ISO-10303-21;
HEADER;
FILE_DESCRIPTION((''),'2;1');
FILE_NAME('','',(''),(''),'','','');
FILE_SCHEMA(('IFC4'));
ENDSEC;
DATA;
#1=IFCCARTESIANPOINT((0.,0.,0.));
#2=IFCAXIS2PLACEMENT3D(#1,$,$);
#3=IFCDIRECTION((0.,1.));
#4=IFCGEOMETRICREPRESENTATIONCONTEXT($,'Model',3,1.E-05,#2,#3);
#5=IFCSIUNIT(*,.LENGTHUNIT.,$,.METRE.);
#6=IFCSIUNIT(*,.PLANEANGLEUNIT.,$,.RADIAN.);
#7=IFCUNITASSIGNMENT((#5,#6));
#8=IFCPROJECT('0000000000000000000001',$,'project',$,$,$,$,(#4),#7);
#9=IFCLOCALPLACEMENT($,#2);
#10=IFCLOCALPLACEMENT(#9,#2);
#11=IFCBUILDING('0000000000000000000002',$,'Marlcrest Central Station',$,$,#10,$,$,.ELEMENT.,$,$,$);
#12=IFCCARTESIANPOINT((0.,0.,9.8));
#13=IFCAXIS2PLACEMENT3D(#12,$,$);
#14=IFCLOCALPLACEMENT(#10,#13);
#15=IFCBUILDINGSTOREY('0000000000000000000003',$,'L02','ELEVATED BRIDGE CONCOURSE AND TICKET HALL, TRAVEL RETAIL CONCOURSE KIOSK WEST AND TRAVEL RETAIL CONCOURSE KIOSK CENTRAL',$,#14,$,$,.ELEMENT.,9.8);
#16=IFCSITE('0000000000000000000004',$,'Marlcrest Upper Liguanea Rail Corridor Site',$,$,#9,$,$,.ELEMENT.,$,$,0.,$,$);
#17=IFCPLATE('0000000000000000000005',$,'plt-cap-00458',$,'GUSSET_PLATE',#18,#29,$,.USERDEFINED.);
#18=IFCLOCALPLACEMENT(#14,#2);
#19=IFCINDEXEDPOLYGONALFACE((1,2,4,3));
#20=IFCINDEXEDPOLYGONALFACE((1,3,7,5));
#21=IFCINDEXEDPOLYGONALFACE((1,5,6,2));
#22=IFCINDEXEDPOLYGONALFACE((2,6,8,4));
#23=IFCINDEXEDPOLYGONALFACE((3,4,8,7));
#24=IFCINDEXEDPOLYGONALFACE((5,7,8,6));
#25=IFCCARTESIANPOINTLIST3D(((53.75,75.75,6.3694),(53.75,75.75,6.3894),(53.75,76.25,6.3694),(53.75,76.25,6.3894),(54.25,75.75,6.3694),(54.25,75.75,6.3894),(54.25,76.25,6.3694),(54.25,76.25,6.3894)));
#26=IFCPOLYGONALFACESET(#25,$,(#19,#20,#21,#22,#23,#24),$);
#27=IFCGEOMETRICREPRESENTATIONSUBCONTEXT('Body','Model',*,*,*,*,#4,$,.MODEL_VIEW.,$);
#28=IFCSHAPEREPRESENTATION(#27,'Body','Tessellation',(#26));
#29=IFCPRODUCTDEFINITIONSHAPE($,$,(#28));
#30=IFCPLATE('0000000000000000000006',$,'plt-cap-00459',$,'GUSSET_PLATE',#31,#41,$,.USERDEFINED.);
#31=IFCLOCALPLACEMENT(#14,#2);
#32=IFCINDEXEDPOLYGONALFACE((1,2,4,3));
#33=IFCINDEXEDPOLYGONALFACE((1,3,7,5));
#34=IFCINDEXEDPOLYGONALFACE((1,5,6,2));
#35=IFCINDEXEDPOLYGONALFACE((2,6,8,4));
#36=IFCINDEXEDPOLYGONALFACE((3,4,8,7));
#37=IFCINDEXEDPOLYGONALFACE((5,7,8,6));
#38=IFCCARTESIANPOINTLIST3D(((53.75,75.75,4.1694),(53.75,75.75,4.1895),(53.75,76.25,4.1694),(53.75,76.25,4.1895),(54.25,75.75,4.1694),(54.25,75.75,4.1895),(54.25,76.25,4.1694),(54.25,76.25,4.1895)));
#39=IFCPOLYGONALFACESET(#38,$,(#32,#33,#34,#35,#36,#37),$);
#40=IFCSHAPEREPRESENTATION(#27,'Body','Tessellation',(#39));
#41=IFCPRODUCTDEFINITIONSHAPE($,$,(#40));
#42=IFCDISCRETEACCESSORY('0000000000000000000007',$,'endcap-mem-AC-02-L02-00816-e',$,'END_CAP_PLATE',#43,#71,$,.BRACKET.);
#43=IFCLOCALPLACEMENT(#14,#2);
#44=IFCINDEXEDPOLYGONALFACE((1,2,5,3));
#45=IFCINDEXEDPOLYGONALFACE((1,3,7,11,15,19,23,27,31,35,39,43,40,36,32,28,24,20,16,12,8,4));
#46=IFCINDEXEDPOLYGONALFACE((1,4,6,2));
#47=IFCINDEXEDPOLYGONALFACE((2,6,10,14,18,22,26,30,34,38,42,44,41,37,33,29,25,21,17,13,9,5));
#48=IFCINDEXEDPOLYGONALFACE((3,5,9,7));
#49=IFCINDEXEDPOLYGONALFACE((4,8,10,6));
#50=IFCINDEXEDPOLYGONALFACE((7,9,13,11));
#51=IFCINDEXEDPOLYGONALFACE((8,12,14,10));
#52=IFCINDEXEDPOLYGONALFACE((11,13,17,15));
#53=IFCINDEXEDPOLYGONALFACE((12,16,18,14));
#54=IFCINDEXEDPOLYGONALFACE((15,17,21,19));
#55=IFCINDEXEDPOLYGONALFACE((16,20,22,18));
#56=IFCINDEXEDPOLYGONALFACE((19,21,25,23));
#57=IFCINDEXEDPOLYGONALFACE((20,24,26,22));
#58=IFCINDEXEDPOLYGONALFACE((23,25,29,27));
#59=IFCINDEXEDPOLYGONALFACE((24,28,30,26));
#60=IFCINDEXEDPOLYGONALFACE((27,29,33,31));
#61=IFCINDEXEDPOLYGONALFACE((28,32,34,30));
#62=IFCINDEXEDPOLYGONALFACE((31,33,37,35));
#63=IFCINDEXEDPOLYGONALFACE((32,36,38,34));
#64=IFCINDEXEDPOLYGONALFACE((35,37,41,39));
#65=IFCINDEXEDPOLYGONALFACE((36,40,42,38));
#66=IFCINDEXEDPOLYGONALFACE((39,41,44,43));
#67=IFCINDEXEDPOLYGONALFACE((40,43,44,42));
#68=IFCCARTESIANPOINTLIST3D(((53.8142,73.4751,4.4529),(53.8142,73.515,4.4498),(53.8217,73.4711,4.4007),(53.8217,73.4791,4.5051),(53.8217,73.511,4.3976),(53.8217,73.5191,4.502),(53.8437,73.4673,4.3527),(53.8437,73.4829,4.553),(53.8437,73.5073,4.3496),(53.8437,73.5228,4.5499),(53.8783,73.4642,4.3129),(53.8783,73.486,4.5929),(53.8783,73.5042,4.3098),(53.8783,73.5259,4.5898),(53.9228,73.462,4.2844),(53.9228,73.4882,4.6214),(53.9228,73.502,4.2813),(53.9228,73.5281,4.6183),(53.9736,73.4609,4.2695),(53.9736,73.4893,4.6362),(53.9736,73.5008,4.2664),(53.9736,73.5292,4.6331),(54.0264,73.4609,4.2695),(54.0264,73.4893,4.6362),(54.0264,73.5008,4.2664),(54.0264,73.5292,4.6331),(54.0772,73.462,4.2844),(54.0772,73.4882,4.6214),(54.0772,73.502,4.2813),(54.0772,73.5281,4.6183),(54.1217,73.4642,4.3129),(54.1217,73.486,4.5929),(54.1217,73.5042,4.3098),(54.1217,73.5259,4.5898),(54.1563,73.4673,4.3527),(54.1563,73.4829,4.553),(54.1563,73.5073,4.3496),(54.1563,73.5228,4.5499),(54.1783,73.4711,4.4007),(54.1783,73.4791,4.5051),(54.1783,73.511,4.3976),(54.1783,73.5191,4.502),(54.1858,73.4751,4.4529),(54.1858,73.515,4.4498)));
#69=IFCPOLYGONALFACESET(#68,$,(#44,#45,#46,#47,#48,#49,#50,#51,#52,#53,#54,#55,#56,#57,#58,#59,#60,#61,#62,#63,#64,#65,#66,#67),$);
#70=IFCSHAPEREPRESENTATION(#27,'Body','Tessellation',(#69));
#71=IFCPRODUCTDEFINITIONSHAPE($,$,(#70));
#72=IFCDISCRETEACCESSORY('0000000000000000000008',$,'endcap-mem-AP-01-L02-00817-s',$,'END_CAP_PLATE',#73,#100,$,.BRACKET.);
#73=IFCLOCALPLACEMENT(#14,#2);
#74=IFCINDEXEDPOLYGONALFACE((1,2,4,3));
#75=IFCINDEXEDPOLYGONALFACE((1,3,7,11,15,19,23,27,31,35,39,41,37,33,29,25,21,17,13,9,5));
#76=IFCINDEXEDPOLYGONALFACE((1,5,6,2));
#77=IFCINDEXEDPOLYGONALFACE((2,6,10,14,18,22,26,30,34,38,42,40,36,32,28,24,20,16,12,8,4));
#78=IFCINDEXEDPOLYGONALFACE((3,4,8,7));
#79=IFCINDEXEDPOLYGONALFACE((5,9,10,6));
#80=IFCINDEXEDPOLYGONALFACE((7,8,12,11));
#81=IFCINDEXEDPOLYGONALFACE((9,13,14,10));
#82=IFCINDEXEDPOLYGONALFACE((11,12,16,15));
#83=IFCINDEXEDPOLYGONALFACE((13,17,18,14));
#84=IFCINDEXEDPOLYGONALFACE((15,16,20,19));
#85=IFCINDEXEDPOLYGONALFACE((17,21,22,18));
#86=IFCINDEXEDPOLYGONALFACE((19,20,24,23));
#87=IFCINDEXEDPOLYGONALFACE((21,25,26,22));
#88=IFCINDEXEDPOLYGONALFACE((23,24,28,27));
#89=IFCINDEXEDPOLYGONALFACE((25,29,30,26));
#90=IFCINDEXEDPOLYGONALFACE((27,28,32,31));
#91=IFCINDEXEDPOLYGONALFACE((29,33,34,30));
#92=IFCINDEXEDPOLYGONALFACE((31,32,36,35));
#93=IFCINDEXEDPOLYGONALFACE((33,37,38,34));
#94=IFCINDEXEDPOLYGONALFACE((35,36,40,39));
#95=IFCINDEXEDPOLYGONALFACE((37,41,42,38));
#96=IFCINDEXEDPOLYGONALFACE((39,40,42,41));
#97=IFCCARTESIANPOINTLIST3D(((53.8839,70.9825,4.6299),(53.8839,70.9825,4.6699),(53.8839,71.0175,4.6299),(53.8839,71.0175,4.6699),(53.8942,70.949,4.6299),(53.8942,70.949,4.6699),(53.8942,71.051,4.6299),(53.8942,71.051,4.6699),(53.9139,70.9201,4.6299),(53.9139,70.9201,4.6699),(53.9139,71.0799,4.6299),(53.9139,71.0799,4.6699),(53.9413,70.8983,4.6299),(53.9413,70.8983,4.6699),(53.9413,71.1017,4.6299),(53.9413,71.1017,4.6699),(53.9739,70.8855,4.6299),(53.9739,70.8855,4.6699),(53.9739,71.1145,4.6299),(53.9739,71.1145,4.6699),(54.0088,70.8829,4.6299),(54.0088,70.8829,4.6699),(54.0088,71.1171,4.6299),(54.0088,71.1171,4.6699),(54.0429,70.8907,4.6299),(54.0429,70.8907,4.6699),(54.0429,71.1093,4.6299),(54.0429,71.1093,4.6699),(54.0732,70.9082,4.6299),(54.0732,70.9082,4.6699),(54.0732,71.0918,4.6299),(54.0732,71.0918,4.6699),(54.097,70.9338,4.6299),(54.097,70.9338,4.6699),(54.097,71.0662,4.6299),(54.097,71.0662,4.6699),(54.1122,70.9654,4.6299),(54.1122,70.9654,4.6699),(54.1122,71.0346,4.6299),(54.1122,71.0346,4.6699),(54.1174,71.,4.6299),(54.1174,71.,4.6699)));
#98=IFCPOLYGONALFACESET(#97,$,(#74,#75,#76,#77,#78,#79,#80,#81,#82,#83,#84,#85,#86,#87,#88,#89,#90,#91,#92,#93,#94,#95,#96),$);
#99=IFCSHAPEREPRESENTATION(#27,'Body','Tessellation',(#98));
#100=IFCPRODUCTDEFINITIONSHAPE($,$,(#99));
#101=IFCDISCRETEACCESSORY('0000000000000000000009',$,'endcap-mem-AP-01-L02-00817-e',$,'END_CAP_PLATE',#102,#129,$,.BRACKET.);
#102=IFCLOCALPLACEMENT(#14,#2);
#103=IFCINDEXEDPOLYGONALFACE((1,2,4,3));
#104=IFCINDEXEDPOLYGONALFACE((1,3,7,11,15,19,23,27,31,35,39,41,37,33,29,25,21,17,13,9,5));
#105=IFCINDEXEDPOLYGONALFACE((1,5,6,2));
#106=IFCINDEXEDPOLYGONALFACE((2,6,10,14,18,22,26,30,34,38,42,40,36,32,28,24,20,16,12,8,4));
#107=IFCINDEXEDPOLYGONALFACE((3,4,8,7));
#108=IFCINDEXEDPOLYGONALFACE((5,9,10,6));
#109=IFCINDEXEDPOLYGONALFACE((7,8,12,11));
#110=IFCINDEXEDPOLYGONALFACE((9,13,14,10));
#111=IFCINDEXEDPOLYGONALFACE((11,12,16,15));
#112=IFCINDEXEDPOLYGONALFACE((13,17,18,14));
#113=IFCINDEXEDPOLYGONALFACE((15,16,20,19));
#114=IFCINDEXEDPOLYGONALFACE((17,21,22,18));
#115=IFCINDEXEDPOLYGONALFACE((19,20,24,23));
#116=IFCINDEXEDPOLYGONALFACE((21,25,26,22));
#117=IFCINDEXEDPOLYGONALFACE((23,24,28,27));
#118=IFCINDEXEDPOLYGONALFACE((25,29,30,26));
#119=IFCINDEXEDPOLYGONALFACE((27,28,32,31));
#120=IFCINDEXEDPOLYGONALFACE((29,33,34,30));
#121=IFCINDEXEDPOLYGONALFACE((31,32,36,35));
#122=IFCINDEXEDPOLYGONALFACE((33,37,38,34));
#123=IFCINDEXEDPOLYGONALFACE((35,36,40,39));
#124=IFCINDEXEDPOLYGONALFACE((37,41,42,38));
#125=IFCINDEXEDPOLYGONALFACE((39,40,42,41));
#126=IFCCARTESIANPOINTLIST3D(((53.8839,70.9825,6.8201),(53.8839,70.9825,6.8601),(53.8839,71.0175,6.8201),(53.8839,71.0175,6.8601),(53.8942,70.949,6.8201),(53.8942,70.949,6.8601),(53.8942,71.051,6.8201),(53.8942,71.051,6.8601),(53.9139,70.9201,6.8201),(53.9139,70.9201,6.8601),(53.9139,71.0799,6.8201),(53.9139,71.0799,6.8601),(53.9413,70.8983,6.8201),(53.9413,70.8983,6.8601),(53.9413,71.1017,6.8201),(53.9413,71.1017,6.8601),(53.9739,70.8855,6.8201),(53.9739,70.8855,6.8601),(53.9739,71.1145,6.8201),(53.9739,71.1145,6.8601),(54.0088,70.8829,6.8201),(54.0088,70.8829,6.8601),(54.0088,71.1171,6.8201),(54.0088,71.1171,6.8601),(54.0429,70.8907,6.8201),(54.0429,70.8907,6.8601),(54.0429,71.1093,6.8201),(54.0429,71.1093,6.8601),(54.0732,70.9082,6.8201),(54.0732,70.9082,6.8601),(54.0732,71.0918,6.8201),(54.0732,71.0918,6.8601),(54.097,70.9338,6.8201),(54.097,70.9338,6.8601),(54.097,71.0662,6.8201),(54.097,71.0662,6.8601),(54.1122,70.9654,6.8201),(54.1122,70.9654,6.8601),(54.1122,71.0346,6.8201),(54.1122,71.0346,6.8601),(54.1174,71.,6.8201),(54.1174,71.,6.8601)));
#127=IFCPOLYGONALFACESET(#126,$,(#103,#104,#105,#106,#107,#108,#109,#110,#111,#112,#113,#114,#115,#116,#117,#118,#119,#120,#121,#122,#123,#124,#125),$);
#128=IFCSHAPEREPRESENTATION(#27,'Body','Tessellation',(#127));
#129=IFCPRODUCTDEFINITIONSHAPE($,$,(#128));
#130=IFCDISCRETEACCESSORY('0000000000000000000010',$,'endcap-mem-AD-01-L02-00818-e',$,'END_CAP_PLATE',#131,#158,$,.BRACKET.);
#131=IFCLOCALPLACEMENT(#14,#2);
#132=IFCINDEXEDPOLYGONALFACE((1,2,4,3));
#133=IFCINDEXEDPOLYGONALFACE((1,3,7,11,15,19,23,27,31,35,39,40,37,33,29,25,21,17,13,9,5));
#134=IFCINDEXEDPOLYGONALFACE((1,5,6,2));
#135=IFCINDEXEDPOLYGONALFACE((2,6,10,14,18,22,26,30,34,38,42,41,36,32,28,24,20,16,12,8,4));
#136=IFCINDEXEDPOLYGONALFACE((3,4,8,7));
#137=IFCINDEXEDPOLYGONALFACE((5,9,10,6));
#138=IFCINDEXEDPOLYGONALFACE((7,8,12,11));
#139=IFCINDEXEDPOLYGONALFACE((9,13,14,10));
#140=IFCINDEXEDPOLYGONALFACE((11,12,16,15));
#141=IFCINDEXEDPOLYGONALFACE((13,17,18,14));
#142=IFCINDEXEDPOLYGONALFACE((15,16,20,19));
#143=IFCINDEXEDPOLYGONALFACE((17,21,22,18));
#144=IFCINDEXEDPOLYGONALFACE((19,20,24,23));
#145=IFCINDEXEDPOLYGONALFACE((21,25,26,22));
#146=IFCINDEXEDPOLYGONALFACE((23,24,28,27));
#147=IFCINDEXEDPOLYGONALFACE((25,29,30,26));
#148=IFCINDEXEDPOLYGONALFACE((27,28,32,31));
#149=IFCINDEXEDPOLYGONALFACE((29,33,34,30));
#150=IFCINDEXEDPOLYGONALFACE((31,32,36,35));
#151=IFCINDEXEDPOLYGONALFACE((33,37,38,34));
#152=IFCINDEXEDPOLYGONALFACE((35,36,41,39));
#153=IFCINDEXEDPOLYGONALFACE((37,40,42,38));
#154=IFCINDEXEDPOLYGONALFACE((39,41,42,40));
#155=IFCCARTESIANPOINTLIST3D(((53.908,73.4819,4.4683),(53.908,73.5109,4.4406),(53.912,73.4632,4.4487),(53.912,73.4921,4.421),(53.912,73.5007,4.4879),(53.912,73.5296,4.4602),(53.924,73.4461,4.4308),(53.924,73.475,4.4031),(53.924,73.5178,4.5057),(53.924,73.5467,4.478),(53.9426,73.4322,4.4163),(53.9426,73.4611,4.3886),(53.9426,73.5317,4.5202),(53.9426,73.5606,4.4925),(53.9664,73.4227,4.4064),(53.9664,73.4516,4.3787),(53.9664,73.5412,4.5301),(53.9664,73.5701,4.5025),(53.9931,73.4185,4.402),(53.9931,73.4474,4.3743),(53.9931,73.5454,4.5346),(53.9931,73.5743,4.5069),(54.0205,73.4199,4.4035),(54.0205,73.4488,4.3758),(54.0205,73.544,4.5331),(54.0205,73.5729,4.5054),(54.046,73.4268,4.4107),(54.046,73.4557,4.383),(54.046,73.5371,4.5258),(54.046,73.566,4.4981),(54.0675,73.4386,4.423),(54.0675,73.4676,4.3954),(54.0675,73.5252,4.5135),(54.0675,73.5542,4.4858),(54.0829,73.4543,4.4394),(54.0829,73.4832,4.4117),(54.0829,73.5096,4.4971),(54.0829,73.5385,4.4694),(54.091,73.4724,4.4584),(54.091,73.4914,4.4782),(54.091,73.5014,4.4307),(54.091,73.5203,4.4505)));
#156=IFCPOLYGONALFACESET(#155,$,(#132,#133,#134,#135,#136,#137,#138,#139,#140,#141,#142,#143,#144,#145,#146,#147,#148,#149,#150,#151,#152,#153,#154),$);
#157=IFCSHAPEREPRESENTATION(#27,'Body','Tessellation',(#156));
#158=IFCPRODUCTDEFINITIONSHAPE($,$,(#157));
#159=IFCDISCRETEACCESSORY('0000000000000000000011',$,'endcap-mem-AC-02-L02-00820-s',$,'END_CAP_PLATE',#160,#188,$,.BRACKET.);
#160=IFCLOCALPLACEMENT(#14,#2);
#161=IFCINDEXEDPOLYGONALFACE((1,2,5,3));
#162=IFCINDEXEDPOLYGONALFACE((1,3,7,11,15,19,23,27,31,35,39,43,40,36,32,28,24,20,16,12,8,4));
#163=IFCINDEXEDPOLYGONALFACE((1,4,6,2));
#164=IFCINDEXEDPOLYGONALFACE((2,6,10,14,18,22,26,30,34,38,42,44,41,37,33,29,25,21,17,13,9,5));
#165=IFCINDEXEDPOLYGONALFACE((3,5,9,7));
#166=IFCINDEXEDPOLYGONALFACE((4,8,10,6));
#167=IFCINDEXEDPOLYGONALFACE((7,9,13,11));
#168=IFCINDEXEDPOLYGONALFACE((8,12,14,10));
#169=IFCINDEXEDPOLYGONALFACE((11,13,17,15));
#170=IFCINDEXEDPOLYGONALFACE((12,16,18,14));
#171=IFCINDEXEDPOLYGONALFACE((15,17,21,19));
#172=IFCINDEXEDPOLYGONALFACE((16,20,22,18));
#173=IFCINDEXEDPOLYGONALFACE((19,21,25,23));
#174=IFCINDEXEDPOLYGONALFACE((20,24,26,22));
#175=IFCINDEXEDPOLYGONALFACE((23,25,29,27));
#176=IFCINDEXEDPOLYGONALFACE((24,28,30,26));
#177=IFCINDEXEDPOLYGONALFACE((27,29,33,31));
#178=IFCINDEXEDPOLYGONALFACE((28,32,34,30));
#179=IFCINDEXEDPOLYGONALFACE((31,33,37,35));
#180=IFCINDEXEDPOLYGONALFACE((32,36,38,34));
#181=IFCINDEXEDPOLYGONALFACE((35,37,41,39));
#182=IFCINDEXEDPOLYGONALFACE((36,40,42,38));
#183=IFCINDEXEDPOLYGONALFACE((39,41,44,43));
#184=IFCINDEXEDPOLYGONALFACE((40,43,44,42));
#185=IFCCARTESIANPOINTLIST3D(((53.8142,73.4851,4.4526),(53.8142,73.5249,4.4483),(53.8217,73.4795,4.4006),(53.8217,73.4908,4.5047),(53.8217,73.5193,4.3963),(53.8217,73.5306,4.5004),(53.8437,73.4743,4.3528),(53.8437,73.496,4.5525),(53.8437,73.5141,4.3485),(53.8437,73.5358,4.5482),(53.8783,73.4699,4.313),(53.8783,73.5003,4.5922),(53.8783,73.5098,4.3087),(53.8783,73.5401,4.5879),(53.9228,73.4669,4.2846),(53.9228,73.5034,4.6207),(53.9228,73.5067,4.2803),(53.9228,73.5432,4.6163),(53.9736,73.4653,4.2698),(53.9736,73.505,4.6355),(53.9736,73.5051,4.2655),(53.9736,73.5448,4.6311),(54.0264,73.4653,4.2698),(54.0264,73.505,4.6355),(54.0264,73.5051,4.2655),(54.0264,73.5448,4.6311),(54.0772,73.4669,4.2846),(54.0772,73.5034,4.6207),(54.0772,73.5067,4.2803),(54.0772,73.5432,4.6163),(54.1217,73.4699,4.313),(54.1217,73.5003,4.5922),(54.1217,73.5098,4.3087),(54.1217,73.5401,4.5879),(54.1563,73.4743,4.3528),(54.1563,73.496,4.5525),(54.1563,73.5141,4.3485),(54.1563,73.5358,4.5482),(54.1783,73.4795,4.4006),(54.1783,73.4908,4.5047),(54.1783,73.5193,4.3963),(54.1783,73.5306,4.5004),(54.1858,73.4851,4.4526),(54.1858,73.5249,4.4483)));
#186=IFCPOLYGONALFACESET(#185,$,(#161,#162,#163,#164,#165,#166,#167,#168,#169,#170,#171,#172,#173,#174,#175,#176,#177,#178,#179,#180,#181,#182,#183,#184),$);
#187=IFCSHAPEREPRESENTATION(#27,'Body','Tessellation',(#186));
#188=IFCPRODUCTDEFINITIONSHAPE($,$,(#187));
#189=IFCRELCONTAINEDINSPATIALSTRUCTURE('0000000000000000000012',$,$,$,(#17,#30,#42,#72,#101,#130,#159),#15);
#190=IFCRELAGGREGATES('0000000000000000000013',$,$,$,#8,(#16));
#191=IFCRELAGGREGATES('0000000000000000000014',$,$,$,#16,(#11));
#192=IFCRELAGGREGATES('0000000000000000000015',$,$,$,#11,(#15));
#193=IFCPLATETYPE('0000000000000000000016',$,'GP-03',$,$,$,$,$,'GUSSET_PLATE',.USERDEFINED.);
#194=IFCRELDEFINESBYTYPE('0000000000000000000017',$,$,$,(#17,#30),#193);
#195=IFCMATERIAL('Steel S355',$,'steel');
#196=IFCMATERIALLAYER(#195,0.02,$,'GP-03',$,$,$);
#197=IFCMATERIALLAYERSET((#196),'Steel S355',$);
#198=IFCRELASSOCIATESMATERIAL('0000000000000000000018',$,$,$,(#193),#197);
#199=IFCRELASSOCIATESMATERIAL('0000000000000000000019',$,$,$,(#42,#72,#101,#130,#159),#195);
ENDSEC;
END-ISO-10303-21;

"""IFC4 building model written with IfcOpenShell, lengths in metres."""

from ifc_helpers import new_model, si_unit, direction, frame, origin, origin_2d, place, context, subcontext, project, spatial, rectangle, circle, extrude, material, layer, layer_set, type_object, element, save


model = new_model("IFC4")

# Units and contexts
model_context = context("Model", 3, precision=1e-05, world=origin(), true_north=direction((0.0, 1.0)))
body_context = subcontext(model_context, "Body", "Model", "MODEL_VIEW")
ifc_project = project(units=[si_unit("LENGTHUNIT", "METRE"), si_unit("PLANEANGLEUNIT", "RADIAN")], contexts=[model_context])

# Site, building, storey
site_placement = place(None, origin())
site = spatial("IfcSite", under=ifc_project, at=site_placement, Name="Marlcrest Upper Liguanea Rail Corridor Site", CompositionType="ELEMENT", RefElevation=0.0)
building_placement = place(site_placement, origin())
building = spatial("IfcBuilding", under=site, at=building_placement, Name="Marlcrest Central Station", CompositionType="ELEMENT")
storey_placement = place(building_placement, frame((0.0, 0.0, 9.8)))
storey = spatial("IfcBuildingStorey", under=building, at=storey_placement, Name="L02", Description="ELEVATED BRIDGE CONCOURSE AND TICKET HALL, TRAVEL RETAIL CONCOURSE KIOSK WEST AND TRAVEL RETAIL CONCOURSE KIOSK CENTRAL", CompositionType="ELEMENT", Elevation=9.8)

# Shared definitions
ifc_material = material(Name="Steel S355", Category="steel")

# Plates
ifc_layer = layer(ifc_material, 0.02, Name="GP-03")
ifc_layer_set = layer_set([ifc_layer], Name="Steel S355")
plate_type = type_object("IfcPlateType", Name="GP-03", ElementType="GUSSET_PLATE", PredefinedType="USERDEFINED", material=ifc_layer_set)
for number, where, z_axis, x_axis, name in (
    (1, (54.0, 76.0, 6.3694), (0.0, 0.0, 1.0), (1.0, 0.0, 0.0), "plt-cap-00458"),
    (2, (54.0, 76.0, 4.1694), (0.0, 0.0, 1.0), (1.0, 0.0, 0.0), "plt-cap-00459"),
):
    element("IfcPlate", number, at=place(storey_placement, frame(where, z_axis=z_axis, x_axis=x_axis)), inside=storey, type_object=plate_type, Name=name, ObjectType="GUSSET_PLATE", PredefinedType="USERDEFINED", context=body_context, shape_type="SweptSolid", body=[
        extrude(rectangle(XDim=0.5, YDim=0.5, at=origin_2d()), origin(), (0.0, 0.0, 1.0), 0.02),
    ])

# Discrete accessories
discrete_accessory_1_placement = place(storey_placement, frame((54.0, 73.4751, 4.4529), z_axis=(0.0, 0.997007, -0.077307), x_axis=(-1.0, 0.0, 0.0)))
element("IfcDiscreteAccessory", 3, at=discrete_accessory_1_placement, inside=storey, material=ifc_material, Name="endcap-mem-AC-02-L02-00816-e", ObjectType="END_CAP_PLATE", PredefinedType="BRACKET", context=body_context, shape_type="SweptSolid", body=[
    extrude(circle(Radius=0.1858, at=origin_2d()), origin(), (0.0, 0.0, 1.0), 0.04),
])
for number, where, z_axis, x_axis, name in (
    (4, (54.0, 71.0, 4.6299), (0.0, 0.0, 1.0), (1.0, 0.0, 0.0), "endcap-mem-AP-01-L02-00817-s"),
    (5, (54.0, 71.0, 6.8201), (0.0, 0.0, 1.0), (1.0, 0.0, 0.0), "endcap-mem-AP-01-L02-00817-e"),
):
    element("IfcDiscreteAccessory", number, at=place(storey_placement, frame(where, z_axis=z_axis, x_axis=x_axis)), inside=storey, material=ifc_material, Name=name, ObjectType="END_CAP_PLATE", PredefinedType="BRACKET", context=body_context, shape_type="SweptSolid", body=[
        extrude(circle(Radius=0.1174, at=origin_2d()), origin(), (0.0, 0.0, 1.0), 0.04),
    ])
discrete_accessory_2_placement = place(storey_placement, frame((54.0, 73.4819, 4.4683), z_axis=(0.0, 0.722247, -0.691636), x_axis=(-1.0, 0.0, 0.0)))
element("IfcDiscreteAccessory", 6, at=discrete_accessory_2_placement, inside=storey, material=ifc_material, Name="endcap-mem-AD-01-L02-00818-e", ObjectType="END_CAP_PLATE", PredefinedType="BRACKET", context=body_context, shape_type="SweptSolid", body=[
    extrude(circle(Radius=0.092, at=origin_2d()), origin(), (0.0, 0.0, 1.0), 0.04),
])
for number, where, z_axis, x_axis, name in (
    (7, (54.0, 73.4851, 4.4526), (0.0, 0.994155, -0.107959), (-1.0, 0.0, 0.0), "endcap-mem-AC-02-L02-00820-s"),
):
    element("IfcDiscreteAccessory", number, at=place(storey_placement, frame(where, z_axis=z_axis, x_axis=x_axis)), inside=storey, material=ifc_material, Name=name, ObjectType="END_CAP_PLATE", PredefinedType="BRACKET", context=body_context, shape_type="SweptSolid", body=[
        extrude(circle(Radius=0.1858, at=origin_2d()), origin(), (0.0, 0.0, 1.0), 0.04),
    ])

save(model, "model.ifc")
